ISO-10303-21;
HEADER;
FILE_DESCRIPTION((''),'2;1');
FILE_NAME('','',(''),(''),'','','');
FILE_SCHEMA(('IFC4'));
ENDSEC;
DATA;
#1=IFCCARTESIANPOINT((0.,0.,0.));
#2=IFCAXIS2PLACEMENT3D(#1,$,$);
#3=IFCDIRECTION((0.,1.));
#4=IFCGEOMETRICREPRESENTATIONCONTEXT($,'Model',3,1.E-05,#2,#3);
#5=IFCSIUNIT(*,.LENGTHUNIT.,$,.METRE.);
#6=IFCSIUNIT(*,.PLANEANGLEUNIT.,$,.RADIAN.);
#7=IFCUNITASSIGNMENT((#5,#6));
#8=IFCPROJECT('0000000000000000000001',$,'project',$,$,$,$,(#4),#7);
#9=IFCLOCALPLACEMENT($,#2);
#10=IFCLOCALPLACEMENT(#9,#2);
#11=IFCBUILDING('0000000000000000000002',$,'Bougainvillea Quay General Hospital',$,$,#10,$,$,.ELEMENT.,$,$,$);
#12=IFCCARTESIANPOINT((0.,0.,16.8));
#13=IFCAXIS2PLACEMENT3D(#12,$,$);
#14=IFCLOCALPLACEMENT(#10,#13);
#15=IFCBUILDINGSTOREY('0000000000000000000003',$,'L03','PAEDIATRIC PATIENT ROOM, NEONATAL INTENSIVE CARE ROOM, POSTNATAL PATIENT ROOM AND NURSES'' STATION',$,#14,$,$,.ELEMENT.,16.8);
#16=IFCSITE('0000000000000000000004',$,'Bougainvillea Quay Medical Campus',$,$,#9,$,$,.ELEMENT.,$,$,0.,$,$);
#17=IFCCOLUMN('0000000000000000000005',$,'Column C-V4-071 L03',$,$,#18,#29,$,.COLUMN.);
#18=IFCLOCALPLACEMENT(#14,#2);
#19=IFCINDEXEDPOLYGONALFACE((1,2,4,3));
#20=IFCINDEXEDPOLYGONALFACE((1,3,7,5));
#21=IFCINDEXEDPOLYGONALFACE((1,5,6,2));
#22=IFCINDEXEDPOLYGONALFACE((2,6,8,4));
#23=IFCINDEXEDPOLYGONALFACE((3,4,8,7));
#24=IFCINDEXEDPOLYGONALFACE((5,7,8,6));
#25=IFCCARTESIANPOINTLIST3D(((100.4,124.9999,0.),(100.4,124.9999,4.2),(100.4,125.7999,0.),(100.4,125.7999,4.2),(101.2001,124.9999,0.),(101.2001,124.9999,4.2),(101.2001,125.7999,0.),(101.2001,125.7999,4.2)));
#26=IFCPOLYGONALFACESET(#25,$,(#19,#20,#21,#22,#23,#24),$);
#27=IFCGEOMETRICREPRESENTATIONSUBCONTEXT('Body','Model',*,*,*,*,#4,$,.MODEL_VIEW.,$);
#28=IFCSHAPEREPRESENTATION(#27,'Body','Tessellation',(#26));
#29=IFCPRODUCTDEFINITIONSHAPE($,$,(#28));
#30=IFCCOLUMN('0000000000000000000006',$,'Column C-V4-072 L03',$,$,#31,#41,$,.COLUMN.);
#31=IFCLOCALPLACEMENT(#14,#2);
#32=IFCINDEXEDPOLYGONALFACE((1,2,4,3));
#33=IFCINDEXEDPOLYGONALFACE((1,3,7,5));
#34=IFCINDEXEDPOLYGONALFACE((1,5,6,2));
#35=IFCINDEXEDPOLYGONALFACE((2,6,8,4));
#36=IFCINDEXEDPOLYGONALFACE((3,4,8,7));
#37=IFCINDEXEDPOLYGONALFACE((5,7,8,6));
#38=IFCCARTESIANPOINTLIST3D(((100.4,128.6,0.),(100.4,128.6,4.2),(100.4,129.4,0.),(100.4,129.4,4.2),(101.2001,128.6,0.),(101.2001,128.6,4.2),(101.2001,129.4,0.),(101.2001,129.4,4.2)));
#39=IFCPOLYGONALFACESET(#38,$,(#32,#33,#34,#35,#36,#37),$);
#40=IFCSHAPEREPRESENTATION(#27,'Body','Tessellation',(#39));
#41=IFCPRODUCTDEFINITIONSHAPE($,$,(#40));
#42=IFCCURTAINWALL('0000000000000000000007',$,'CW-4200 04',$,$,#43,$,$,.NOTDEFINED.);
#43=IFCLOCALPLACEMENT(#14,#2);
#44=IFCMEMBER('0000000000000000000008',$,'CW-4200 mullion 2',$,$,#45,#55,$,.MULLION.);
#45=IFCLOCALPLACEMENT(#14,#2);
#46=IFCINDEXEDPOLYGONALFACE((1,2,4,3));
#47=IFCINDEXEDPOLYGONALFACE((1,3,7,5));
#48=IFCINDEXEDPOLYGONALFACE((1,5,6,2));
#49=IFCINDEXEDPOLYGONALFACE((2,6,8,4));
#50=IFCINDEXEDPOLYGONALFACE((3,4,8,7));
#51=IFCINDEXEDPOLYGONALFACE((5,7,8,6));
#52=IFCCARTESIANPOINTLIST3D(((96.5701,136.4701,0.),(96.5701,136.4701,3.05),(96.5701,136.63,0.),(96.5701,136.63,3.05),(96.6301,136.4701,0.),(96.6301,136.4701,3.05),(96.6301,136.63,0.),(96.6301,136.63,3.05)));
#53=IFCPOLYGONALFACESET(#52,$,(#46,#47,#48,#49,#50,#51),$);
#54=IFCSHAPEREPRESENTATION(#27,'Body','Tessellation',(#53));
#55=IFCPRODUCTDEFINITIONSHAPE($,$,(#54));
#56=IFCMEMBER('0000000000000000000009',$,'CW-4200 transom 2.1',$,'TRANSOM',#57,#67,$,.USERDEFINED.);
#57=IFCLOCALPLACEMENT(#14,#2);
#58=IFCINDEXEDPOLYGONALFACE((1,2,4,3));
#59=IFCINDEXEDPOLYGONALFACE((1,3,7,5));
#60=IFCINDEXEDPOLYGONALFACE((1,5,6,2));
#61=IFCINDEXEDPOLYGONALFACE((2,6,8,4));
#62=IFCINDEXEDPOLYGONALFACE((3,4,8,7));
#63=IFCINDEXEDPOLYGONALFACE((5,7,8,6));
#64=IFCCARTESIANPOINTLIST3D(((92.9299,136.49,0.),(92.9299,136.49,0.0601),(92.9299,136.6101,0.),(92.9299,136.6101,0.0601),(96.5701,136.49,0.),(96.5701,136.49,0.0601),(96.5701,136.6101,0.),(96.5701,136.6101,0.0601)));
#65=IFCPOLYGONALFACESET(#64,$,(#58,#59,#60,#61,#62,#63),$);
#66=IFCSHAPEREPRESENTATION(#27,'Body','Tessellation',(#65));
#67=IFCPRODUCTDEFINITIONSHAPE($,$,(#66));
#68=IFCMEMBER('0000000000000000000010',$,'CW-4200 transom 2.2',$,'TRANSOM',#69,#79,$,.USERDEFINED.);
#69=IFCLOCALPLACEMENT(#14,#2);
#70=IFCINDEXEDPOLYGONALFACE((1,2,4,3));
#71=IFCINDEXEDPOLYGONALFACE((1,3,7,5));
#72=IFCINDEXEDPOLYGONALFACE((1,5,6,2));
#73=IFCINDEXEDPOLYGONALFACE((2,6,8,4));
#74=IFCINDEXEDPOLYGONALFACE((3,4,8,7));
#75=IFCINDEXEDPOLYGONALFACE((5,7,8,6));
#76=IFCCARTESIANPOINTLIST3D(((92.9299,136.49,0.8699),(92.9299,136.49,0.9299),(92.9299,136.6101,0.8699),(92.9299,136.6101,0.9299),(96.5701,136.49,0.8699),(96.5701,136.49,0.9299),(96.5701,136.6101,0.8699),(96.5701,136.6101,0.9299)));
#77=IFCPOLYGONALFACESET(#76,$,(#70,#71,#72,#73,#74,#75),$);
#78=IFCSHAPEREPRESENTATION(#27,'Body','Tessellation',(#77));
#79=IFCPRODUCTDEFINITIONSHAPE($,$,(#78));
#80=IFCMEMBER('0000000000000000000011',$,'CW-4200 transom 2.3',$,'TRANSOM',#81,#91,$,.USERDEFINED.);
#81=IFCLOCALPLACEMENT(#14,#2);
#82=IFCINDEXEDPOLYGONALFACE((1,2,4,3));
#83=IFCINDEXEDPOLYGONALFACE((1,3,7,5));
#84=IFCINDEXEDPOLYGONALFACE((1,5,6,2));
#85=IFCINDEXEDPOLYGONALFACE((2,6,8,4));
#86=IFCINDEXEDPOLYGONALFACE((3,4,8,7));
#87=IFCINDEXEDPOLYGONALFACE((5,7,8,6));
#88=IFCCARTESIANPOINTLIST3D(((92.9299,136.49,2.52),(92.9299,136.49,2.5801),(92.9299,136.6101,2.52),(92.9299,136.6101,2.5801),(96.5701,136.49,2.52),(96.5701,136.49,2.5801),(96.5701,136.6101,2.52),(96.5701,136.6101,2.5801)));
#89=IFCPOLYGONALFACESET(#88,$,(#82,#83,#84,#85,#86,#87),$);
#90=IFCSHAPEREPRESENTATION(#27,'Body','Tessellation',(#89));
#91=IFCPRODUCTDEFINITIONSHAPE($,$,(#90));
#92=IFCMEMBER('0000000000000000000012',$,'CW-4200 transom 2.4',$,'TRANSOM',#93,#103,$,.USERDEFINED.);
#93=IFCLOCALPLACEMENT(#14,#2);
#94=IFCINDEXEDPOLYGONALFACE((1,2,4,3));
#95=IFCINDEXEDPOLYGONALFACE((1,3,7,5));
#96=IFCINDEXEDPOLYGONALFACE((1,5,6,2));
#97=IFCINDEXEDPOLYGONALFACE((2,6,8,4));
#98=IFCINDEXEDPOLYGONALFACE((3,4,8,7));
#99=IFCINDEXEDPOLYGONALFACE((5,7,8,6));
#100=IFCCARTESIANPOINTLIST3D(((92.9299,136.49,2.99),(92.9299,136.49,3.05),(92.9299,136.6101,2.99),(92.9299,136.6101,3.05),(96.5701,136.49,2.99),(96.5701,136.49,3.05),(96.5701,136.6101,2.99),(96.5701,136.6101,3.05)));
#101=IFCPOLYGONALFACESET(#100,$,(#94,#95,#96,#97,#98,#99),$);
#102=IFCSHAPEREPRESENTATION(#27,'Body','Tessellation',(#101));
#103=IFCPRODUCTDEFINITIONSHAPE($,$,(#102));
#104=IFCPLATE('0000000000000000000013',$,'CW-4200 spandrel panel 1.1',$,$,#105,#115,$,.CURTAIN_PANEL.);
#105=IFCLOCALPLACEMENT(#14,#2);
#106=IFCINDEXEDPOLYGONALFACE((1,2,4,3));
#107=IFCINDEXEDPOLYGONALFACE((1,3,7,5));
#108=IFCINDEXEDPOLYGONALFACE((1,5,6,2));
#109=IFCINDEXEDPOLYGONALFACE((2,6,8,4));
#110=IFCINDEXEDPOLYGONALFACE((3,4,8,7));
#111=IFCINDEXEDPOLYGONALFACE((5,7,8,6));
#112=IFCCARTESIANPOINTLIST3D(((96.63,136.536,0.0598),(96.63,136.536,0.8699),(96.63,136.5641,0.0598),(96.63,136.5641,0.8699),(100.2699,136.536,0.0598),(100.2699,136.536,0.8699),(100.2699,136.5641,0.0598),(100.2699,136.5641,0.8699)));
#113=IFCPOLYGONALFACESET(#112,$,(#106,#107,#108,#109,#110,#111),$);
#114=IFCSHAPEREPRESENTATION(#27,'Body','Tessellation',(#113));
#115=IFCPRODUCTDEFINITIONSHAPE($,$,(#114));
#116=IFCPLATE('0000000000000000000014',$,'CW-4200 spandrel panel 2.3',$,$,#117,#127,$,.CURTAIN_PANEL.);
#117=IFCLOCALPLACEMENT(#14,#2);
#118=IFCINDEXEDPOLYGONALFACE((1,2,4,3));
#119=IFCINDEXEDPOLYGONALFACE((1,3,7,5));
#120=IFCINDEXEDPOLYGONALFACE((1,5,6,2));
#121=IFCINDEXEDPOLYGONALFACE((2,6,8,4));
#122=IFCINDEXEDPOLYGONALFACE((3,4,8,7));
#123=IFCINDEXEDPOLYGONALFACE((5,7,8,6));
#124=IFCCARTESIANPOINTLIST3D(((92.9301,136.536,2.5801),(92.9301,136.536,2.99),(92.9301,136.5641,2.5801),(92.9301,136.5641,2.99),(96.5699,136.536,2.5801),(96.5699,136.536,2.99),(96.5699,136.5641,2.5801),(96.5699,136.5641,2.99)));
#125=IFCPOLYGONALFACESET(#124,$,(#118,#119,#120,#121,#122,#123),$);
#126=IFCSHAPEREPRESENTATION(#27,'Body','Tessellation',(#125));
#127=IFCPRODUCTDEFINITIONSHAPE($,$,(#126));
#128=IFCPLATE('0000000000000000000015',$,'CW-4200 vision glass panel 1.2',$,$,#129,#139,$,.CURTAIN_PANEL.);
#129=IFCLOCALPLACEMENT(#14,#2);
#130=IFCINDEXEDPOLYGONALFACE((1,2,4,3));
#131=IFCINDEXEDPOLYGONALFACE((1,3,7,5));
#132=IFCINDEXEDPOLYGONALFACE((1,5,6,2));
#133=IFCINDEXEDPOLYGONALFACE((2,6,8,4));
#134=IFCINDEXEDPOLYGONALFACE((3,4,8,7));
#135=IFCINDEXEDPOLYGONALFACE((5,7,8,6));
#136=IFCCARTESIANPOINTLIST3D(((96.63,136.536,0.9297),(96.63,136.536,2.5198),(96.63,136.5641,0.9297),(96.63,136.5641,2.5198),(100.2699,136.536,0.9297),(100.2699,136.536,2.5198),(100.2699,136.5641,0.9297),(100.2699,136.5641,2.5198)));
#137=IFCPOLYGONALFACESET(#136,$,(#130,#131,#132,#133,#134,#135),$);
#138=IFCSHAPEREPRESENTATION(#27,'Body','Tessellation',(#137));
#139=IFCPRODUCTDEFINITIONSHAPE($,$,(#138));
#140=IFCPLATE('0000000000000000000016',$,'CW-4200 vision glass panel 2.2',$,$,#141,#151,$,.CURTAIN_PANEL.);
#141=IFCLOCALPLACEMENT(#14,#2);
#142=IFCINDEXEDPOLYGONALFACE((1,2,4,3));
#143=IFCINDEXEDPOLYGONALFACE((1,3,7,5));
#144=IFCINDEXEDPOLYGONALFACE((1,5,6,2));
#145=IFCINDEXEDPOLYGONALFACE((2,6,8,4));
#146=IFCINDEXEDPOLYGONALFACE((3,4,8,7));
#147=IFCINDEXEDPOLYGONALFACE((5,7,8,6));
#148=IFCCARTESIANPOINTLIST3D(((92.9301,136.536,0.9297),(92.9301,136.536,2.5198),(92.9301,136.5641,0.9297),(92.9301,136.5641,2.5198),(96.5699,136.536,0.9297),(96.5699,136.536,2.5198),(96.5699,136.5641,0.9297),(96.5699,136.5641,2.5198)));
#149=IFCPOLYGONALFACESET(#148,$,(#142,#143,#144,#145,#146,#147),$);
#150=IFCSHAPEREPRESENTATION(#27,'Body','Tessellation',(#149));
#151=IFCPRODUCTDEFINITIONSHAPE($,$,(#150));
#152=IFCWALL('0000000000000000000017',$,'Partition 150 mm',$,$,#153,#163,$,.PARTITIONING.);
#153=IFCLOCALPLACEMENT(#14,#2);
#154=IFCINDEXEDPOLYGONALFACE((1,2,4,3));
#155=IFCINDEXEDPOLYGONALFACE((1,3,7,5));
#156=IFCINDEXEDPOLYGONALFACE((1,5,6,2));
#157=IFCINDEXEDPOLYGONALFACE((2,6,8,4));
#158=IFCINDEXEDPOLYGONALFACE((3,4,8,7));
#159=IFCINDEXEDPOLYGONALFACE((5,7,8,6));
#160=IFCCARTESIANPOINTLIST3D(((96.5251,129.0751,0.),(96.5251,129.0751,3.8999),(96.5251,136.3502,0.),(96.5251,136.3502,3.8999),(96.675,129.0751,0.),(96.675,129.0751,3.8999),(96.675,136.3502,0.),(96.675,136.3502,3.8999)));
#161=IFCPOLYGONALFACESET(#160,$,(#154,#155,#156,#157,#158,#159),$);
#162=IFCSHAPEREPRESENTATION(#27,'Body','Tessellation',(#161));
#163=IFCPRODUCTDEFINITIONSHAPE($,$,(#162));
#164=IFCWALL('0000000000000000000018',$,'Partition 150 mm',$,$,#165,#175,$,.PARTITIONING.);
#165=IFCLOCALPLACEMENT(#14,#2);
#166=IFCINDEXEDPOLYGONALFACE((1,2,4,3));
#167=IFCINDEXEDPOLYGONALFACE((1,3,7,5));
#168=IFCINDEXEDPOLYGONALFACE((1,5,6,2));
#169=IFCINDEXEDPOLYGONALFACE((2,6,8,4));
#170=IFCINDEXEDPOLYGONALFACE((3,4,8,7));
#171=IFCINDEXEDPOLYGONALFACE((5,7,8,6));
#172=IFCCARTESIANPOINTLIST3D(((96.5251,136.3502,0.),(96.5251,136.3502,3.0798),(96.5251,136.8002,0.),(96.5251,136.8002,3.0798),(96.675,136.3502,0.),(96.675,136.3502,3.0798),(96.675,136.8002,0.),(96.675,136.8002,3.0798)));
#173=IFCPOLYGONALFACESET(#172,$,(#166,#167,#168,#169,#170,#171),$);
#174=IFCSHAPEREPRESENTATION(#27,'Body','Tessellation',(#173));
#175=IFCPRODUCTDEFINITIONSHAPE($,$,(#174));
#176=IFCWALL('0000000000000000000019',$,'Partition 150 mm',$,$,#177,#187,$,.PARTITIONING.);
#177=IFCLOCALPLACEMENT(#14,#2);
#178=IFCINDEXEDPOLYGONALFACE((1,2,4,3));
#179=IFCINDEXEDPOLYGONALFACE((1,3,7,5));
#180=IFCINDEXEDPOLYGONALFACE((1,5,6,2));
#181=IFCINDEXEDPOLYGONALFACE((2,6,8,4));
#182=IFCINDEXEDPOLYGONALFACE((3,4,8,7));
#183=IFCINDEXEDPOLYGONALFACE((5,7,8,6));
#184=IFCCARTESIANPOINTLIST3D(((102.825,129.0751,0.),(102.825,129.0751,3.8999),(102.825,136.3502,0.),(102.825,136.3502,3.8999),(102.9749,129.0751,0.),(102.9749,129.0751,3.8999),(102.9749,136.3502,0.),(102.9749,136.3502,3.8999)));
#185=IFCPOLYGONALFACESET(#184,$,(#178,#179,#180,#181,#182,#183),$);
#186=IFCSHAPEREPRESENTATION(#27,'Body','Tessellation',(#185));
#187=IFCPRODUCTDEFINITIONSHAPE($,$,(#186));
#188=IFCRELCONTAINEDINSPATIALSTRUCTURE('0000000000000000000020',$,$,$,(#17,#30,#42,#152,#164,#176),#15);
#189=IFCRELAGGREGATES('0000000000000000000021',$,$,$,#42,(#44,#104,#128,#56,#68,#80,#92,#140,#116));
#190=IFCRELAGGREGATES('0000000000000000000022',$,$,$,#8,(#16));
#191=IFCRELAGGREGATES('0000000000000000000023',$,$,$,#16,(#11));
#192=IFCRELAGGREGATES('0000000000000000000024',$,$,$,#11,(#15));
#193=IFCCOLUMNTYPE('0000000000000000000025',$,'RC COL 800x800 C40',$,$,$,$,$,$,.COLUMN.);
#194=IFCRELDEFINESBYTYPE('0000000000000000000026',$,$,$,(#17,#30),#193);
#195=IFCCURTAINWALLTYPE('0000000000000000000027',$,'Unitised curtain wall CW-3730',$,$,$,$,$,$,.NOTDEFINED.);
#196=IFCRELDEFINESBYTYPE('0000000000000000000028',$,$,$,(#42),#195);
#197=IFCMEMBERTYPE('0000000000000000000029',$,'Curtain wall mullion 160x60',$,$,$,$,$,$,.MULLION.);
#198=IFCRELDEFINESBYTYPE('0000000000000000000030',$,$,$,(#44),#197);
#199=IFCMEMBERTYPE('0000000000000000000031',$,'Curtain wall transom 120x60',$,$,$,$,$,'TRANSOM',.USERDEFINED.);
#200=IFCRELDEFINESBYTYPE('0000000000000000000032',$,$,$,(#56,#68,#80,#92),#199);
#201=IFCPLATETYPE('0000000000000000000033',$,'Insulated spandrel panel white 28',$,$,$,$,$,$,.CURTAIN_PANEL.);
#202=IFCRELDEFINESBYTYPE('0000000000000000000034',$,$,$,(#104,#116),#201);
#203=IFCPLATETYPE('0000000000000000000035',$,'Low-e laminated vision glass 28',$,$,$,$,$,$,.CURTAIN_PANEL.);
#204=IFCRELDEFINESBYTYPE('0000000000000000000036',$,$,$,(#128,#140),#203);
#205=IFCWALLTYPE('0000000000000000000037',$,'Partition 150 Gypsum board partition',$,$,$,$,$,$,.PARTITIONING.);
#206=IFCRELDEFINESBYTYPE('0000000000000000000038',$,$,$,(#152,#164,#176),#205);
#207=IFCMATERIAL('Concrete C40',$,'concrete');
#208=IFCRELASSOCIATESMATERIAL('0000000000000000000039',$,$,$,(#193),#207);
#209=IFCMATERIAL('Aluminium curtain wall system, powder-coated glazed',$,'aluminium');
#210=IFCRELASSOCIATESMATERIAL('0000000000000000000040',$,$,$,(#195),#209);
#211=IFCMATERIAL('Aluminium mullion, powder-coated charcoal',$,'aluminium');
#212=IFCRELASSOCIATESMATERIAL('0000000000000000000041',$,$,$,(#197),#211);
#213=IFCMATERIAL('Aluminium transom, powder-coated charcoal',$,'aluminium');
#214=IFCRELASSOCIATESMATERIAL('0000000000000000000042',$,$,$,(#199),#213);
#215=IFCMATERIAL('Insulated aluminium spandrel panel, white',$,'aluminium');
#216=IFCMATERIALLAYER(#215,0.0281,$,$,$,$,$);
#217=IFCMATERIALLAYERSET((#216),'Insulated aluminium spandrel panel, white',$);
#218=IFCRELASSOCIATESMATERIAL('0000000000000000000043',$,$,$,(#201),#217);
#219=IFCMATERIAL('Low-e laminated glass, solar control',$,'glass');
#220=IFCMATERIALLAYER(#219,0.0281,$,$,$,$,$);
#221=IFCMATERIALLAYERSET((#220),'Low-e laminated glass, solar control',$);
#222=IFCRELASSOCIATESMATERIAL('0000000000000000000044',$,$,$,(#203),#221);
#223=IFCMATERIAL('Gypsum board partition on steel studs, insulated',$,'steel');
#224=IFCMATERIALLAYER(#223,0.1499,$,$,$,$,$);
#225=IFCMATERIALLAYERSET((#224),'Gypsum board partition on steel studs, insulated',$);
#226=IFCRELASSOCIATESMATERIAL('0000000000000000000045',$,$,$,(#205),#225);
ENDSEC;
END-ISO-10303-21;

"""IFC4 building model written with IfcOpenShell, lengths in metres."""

from ifc_helpers import new_model, si_unit, direction, frame, frame_2d, origin, origin_2d, place, context, subcontext, project, spatial, rectangle, extrude, material, layer, layer_set, material_profile, profile_set, type_object, element, aggregate, save


model = new_model("IFC4")

# Units and contexts
model_context = context("Model", 3, precision=1e-05, world=origin(), true_north=direction((0.0, 1.0)))
body_context = subcontext(model_context, "Body", "Model", "MODEL_VIEW")
ifc_project = project(units=[si_unit("LENGTHUNIT", "METRE"), si_unit("PLANEANGLEUNIT", "RADIAN")], contexts=[model_context])

# Site, building, storey
site_placement = place(None, origin())
site = spatial("IfcSite", under=ifc_project, at=site_placement, Name="Bougainvillea Quay Medical Campus", CompositionType="ELEMENT", RefElevation=0.0)
building_placement = place(site_placement, origin())
building = spatial("IfcBuilding", under=site, at=building_placement, Name="Bougainvillea Quay General Hospital", CompositionType="ELEMENT")
storey_placement = place(building_placement, frame((0.0, 0.0, 16.8)))
storey = spatial("IfcBuildingStorey", under=building, at=storey_placement, Name="L03", Description="PAEDIATRIC PATIENT ROOM, NEONATAL INTENSIVE CARE ROOM, POSTNATAL PATIENT ROOM AND NURSES' STATION", CompositionType="ELEMENT", Elevation=16.8)

# Columns
ifc_material_1 = material(Name="Concrete C40", Category="concrete")
ifc_material_profile_1 = material_profile(ifc_material_1, rectangle(XDim=0.8, YDim=0.8, at=origin_2d()))
ifc_profile_set_1 = profile_set([ifc_material_profile_1], Name="Concrete C40")
column_type = type_object("IfcColumnType", Name="RC COL 800x800 C40", PredefinedType="COLUMN", material=ifc_profile_set_1)
for number, where, z_axis, x_axis, name in (
    (1, (100.8, 125.3999, 0.0), (0.0, 0.0, 1.0), (1.0, 0.0, 0.0), "Column C-V4-071 L03"),
    (2, (100.8, 129.0, 0.0), (0.0, 0.0, 1.0), (1.0, 0.0, 0.0), "Column C-V4-072 L03"),
):
    element("IfcColumn", number, at=place(storey_placement, frame(where, z_axis=z_axis, x_axis=x_axis)), inside=storey, type_object=column_type, Name=name, PredefinedType="COLUMN", context=body_context, shape_type="SweptSolid", body=[
        extrude(rectangle(XDim=0.8, YDim=0.8, at=origin_2d()), origin(), (0.0, 0.0, 1.0), 4.2),
    ])

# Curtain wall, members, plates
ifc_material_2 = material(Name="Aluminium curtain wall system, powder-coated glazed", Category="aluminium")
curtain_wall_type = type_object("IfcCurtainWallType", Name="Unitised curtain wall CW-3730", PredefinedType="NOTDEFINED", material=ifc_material_2)
curtain_wall_placement = place(storey_placement, origin())
curtain_wall = element("IfcCurtainWall", 3, at=curtain_wall_placement, inside=storey, type_object=curtain_wall_type, Name="CW-4200 04", PredefinedType="NOTDEFINED")
ifc_material_3 = material(Name="Aluminium mullion, powder-coated charcoal", Category="aluminium")
ifc_material_profile_2 = material_profile(ifc_material_3, rectangle(XDim=0.1599, YDim=0.0601, at=origin_2d()))
ifc_profile_set_2 = profile_set([ifc_material_profile_2], Name="Aluminium mullion, powder-coated charcoal")
member_type_1 = type_object("IfcMemberType", Name="Curtain wall mullion 160x60", PredefinedType="MULLION", material=ifc_profile_set_2)
member_1_placement = place(storey_placement, frame((96.6001, 136.55, 0.0), z_axis=(0.0, 0.0, 1.0), x_axis=(0.0, -1.0, 0.0)))
member_1 = element("IfcMember", 4, at=member_1_placement, type_object=member_type_1, Name="CW-4200 mullion 2", PredefinedType="MULLION", context=body_context, shape_type="SweptSolid", body=[
    extrude(rectangle(XDim=0.1599, YDim=0.0601, at=origin_2d()), origin(), (0.0, 0.0, 1.0), 3.05),
])
ifc_material_4 = material(Name="Aluminium transom, powder-coated charcoal", Category="aluminium")
ifc_material_profile_3 = material_profile(ifc_material_4, rectangle(XDim=0.1201, YDim=0.0601, at=origin_2d()))
ifc_profile_set_3 = profile_set([ifc_material_profile_3], Name="Aluminium transom, powder-coated charcoal")
member_type_2 = type_object("IfcMemberType", Name="Curtain wall transom 120x60", ElementType="TRANSOM", PredefinedType="USERDEFINED", material=ifc_profile_set_3)
member_2_placement = place(storey_placement, frame((96.5701, 136.55, 0.03), z_axis=(-1.0, 0.0, 0.0), x_axis=(0.0, -1.0, 0.0)))
member_2 = element("IfcMember", 5, at=member_2_placement, type_object=member_type_2, Name="CW-4200 transom 2.1", ObjectType="TRANSOM", PredefinedType="USERDEFINED", context=body_context, shape_type="SweptSolid", body=[
    extrude(rectangle(XDim=0.1201, YDim=0.0601, at=origin_2d()), origin(), (0.0, 0.0, 1.0), 3.6401),
])
member_3_placement = place(storey_placement, frame((96.5701, 136.55, 0.8999), z_axis=(-1.0, 0.0, 0.0), x_axis=(0.0, -1.0, 0.0)))
member_3 = element("IfcMember", 6, at=member_3_placement, type_object=member_type_2, Name="CW-4200 transom 2.2", ObjectType="TRANSOM", PredefinedType="USERDEFINED", context=body_context, shape_type="SweptSolid", body=[
    extrude(rectangle(XDim=0.1201, YDim=0.0601, at=origin_2d()), origin(), (0.0, 0.0, 1.0), 3.6401),
])
member_4_placement = place(storey_placement, frame((96.5701, 136.55, 2.55), z_axis=(-1.0, 0.0, 0.0), x_axis=(0.0, -1.0, 0.0)))
member_4 = element("IfcMember", 7, at=member_4_placement, type_object=member_type_2, Name="CW-4200 transom 2.3", ObjectType="TRANSOM", PredefinedType="USERDEFINED", context=body_context, shape_type="SweptSolid", body=[
    extrude(rectangle(XDim=0.1201, YDim=0.0601, at=origin_2d()), origin(), (0.0, 0.0, 1.0), 3.6401),
])
member_5_placement = place(storey_placement, frame((96.5701, 136.55, 3.02), z_axis=(-1.0, 0.0, 0.0), x_axis=(0.0, -1.0, 0.0)))
member_5 = element("IfcMember", 8, at=member_5_placement, type_object=member_type_2, Name="CW-4200 transom 2.4", ObjectType="TRANSOM", PredefinedType="USERDEFINED", context=body_context, shape_type="SweptSolid", body=[
    extrude(rectangle(XDim=0.1201, YDim=0.0601, at=origin_2d()), origin(), (0.0, 0.0, 1.0), 3.6401),
])
ifc_material_5 = material(Name="Insulated aluminium spandrel panel, white", Category="aluminium")
ifc_layer_1 = layer(ifc_material_5, 0.0281)
ifc_layer_set_1 = layer_set([ifc_layer_1], Name="Insulated aluminium spandrel panel, white")
plate_type_1 = type_object("IfcPlateType", Name="Insulated spandrel panel white 28", PredefinedType="CURTAIN_PANEL", material=ifc_layer_set_1)
plate_1_placement = place(storey_placement, frame((98.45, 136.55, 0.0598), z_axis=(0.0, 0.0, 1.0), x_axis=(-1.0, 0.0, 0.0)))
plate_1 = element("IfcPlate", 9, at=plate_1_placement, type_object=plate_type_1, Name="CW-4200 spandrel panel 1.1", PredefinedType="CURTAIN_PANEL", context=body_context, shape_type="SweptSolid", body=[
    extrude(rectangle(XDim=3.6399, YDim=0.0281, at=origin_2d()), origin(), (0.0, 0.0, 1.0), 0.8101),
])
plate_2_placement = place(storey_placement, frame((94.75, 136.55, 2.5801), z_axis=(0.0, 0.0, 1.0), x_axis=(-1.0, 0.0, 0.0)))
plate_2 = element("IfcPlate", 10, at=plate_2_placement, type_object=plate_type_1, Name="CW-4200 spandrel panel 2.3", PredefinedType="CURTAIN_PANEL", context=body_context, shape_type="SweptSolid", body=[
    extrude(rectangle(XDim=3.6399, YDim=0.0281, at=origin_2d()), origin(), (0.0, 0.0, 1.0), 0.4099),
])
ifc_material_6 = material(Name="Low-e laminated glass, solar control", Category="glass")
ifc_layer_2 = layer(ifc_material_6, 0.0281)
ifc_layer_set_2 = layer_set([ifc_layer_2], Name="Low-e laminated glass, solar control")
plate_type_2 = type_object("IfcPlateType", Name="Low-e laminated vision glass 28", PredefinedType="CURTAIN_PANEL", material=ifc_layer_set_2)
plate_3_placement = place(storey_placement, frame((98.45, 136.55, 0.9297), z_axis=(0.0, 0.0, 1.0), x_axis=(-1.0, 0.0, 0.0)))
plate_3 = element("IfcPlate", 11, at=plate_3_placement, type_object=plate_type_2, Name="CW-4200 vision glass panel 1.2", PredefinedType="CURTAIN_PANEL", context=body_context, shape_type="SweptSolid", body=[
    extrude(rectangle(XDim=3.6399, YDim=0.0281, at=origin_2d()), origin(), (0.0, 0.0, 1.0), 1.5901),
])
plate_4_placement = place(storey_placement, frame((94.75, 136.55, 0.9297), z_axis=(0.0, 0.0, 1.0), x_axis=(-1.0, 0.0, 0.0)))
plate_4 = element("IfcPlate", 12, at=plate_4_placement, type_object=plate_type_2, Name="CW-4200 vision glass panel 2.2", PredefinedType="CURTAIN_PANEL", context=body_context, shape_type="SweptSolid", body=[
    extrude(rectangle(XDim=3.6399, YDim=0.0281, at=origin_2d()), origin(), (0.0, 0.0, 1.0), 1.5901),
])
aggregate(curtain_wall, [member_1, plate_1, plate_3, member_2, member_3, member_4, member_5, plate_4, plate_2])

# Walls
ifc_material_7 = material(Name="Gypsum board partition on steel studs, insulated", Category="steel")
ifc_layer_3 = layer(ifc_material_7, 0.1499)
ifc_layer_set_3 = layer_set([ifc_layer_3], Name="Gypsum board partition on steel studs, insulated")
wall_type_1 = type_object("IfcWallType", Name="Partition 150 Gypsum board partition", PredefinedType="PARTITIONING", material=ifc_layer_set_3)
wall_1_placement = place(storey_placement, frame((96.6001, 129.075, 0.0), z_axis=(0.0, 0.0, 1.0), x_axis=(0.0, 1.0, 0.0)))
element("IfcWall", 13, at=wall_1_placement, inside=storey, type_object=wall_type_1, Name="Partition 150 mm", PredefinedType="PARTITIONING", context=body_context, shape_type="SweptSolid", body=[
    extrude(rectangle(XDim=7.2751, YDim=0.1499, at=frame_2d((3.6377, 0.0))), origin(), (0.0, 0.0, 1.0), 3.8999),
])
wall_2_placement = place(storey_placement, frame((96.6001, 136.3501, 0.0), z_axis=(0.0, 0.0, 1.0), x_axis=(0.0, 1.0, 0.0)))
element("IfcWall", 14, at=wall_2_placement, inside=storey, type_object=wall_type_1, Name="Partition 150 mm", PredefinedType="PARTITIONING", context=body_context, shape_type="SweptSolid", body=[
    extrude(rectangle(XDim=0.45, YDim=0.1499, at=frame_2d((0.2251, 0.0))), origin(), (0.0, 0.0, 1.0), 3.0798),
])
wall_3_placement = place(storey_placement, frame((102.8999, 129.075, 0.0), z_axis=(0.0, 0.0, 1.0), x_axis=(0.0, 1.0, 0.0)))
element("IfcWall", 15, at=wall_3_placement, inside=storey, type_object=wall_type_1, Name="Partition 150 mm", PredefinedType="PARTITIONING", context=body_context, shape_type="SweptSolid", body=[
    extrude(rectangle(XDim=7.2751, YDim=0.1499, at=frame_2d((3.6377, 0.0))), origin(), (0.0, 0.0, 1.0), 3.8999),
])

save(model, "model.ifc")
